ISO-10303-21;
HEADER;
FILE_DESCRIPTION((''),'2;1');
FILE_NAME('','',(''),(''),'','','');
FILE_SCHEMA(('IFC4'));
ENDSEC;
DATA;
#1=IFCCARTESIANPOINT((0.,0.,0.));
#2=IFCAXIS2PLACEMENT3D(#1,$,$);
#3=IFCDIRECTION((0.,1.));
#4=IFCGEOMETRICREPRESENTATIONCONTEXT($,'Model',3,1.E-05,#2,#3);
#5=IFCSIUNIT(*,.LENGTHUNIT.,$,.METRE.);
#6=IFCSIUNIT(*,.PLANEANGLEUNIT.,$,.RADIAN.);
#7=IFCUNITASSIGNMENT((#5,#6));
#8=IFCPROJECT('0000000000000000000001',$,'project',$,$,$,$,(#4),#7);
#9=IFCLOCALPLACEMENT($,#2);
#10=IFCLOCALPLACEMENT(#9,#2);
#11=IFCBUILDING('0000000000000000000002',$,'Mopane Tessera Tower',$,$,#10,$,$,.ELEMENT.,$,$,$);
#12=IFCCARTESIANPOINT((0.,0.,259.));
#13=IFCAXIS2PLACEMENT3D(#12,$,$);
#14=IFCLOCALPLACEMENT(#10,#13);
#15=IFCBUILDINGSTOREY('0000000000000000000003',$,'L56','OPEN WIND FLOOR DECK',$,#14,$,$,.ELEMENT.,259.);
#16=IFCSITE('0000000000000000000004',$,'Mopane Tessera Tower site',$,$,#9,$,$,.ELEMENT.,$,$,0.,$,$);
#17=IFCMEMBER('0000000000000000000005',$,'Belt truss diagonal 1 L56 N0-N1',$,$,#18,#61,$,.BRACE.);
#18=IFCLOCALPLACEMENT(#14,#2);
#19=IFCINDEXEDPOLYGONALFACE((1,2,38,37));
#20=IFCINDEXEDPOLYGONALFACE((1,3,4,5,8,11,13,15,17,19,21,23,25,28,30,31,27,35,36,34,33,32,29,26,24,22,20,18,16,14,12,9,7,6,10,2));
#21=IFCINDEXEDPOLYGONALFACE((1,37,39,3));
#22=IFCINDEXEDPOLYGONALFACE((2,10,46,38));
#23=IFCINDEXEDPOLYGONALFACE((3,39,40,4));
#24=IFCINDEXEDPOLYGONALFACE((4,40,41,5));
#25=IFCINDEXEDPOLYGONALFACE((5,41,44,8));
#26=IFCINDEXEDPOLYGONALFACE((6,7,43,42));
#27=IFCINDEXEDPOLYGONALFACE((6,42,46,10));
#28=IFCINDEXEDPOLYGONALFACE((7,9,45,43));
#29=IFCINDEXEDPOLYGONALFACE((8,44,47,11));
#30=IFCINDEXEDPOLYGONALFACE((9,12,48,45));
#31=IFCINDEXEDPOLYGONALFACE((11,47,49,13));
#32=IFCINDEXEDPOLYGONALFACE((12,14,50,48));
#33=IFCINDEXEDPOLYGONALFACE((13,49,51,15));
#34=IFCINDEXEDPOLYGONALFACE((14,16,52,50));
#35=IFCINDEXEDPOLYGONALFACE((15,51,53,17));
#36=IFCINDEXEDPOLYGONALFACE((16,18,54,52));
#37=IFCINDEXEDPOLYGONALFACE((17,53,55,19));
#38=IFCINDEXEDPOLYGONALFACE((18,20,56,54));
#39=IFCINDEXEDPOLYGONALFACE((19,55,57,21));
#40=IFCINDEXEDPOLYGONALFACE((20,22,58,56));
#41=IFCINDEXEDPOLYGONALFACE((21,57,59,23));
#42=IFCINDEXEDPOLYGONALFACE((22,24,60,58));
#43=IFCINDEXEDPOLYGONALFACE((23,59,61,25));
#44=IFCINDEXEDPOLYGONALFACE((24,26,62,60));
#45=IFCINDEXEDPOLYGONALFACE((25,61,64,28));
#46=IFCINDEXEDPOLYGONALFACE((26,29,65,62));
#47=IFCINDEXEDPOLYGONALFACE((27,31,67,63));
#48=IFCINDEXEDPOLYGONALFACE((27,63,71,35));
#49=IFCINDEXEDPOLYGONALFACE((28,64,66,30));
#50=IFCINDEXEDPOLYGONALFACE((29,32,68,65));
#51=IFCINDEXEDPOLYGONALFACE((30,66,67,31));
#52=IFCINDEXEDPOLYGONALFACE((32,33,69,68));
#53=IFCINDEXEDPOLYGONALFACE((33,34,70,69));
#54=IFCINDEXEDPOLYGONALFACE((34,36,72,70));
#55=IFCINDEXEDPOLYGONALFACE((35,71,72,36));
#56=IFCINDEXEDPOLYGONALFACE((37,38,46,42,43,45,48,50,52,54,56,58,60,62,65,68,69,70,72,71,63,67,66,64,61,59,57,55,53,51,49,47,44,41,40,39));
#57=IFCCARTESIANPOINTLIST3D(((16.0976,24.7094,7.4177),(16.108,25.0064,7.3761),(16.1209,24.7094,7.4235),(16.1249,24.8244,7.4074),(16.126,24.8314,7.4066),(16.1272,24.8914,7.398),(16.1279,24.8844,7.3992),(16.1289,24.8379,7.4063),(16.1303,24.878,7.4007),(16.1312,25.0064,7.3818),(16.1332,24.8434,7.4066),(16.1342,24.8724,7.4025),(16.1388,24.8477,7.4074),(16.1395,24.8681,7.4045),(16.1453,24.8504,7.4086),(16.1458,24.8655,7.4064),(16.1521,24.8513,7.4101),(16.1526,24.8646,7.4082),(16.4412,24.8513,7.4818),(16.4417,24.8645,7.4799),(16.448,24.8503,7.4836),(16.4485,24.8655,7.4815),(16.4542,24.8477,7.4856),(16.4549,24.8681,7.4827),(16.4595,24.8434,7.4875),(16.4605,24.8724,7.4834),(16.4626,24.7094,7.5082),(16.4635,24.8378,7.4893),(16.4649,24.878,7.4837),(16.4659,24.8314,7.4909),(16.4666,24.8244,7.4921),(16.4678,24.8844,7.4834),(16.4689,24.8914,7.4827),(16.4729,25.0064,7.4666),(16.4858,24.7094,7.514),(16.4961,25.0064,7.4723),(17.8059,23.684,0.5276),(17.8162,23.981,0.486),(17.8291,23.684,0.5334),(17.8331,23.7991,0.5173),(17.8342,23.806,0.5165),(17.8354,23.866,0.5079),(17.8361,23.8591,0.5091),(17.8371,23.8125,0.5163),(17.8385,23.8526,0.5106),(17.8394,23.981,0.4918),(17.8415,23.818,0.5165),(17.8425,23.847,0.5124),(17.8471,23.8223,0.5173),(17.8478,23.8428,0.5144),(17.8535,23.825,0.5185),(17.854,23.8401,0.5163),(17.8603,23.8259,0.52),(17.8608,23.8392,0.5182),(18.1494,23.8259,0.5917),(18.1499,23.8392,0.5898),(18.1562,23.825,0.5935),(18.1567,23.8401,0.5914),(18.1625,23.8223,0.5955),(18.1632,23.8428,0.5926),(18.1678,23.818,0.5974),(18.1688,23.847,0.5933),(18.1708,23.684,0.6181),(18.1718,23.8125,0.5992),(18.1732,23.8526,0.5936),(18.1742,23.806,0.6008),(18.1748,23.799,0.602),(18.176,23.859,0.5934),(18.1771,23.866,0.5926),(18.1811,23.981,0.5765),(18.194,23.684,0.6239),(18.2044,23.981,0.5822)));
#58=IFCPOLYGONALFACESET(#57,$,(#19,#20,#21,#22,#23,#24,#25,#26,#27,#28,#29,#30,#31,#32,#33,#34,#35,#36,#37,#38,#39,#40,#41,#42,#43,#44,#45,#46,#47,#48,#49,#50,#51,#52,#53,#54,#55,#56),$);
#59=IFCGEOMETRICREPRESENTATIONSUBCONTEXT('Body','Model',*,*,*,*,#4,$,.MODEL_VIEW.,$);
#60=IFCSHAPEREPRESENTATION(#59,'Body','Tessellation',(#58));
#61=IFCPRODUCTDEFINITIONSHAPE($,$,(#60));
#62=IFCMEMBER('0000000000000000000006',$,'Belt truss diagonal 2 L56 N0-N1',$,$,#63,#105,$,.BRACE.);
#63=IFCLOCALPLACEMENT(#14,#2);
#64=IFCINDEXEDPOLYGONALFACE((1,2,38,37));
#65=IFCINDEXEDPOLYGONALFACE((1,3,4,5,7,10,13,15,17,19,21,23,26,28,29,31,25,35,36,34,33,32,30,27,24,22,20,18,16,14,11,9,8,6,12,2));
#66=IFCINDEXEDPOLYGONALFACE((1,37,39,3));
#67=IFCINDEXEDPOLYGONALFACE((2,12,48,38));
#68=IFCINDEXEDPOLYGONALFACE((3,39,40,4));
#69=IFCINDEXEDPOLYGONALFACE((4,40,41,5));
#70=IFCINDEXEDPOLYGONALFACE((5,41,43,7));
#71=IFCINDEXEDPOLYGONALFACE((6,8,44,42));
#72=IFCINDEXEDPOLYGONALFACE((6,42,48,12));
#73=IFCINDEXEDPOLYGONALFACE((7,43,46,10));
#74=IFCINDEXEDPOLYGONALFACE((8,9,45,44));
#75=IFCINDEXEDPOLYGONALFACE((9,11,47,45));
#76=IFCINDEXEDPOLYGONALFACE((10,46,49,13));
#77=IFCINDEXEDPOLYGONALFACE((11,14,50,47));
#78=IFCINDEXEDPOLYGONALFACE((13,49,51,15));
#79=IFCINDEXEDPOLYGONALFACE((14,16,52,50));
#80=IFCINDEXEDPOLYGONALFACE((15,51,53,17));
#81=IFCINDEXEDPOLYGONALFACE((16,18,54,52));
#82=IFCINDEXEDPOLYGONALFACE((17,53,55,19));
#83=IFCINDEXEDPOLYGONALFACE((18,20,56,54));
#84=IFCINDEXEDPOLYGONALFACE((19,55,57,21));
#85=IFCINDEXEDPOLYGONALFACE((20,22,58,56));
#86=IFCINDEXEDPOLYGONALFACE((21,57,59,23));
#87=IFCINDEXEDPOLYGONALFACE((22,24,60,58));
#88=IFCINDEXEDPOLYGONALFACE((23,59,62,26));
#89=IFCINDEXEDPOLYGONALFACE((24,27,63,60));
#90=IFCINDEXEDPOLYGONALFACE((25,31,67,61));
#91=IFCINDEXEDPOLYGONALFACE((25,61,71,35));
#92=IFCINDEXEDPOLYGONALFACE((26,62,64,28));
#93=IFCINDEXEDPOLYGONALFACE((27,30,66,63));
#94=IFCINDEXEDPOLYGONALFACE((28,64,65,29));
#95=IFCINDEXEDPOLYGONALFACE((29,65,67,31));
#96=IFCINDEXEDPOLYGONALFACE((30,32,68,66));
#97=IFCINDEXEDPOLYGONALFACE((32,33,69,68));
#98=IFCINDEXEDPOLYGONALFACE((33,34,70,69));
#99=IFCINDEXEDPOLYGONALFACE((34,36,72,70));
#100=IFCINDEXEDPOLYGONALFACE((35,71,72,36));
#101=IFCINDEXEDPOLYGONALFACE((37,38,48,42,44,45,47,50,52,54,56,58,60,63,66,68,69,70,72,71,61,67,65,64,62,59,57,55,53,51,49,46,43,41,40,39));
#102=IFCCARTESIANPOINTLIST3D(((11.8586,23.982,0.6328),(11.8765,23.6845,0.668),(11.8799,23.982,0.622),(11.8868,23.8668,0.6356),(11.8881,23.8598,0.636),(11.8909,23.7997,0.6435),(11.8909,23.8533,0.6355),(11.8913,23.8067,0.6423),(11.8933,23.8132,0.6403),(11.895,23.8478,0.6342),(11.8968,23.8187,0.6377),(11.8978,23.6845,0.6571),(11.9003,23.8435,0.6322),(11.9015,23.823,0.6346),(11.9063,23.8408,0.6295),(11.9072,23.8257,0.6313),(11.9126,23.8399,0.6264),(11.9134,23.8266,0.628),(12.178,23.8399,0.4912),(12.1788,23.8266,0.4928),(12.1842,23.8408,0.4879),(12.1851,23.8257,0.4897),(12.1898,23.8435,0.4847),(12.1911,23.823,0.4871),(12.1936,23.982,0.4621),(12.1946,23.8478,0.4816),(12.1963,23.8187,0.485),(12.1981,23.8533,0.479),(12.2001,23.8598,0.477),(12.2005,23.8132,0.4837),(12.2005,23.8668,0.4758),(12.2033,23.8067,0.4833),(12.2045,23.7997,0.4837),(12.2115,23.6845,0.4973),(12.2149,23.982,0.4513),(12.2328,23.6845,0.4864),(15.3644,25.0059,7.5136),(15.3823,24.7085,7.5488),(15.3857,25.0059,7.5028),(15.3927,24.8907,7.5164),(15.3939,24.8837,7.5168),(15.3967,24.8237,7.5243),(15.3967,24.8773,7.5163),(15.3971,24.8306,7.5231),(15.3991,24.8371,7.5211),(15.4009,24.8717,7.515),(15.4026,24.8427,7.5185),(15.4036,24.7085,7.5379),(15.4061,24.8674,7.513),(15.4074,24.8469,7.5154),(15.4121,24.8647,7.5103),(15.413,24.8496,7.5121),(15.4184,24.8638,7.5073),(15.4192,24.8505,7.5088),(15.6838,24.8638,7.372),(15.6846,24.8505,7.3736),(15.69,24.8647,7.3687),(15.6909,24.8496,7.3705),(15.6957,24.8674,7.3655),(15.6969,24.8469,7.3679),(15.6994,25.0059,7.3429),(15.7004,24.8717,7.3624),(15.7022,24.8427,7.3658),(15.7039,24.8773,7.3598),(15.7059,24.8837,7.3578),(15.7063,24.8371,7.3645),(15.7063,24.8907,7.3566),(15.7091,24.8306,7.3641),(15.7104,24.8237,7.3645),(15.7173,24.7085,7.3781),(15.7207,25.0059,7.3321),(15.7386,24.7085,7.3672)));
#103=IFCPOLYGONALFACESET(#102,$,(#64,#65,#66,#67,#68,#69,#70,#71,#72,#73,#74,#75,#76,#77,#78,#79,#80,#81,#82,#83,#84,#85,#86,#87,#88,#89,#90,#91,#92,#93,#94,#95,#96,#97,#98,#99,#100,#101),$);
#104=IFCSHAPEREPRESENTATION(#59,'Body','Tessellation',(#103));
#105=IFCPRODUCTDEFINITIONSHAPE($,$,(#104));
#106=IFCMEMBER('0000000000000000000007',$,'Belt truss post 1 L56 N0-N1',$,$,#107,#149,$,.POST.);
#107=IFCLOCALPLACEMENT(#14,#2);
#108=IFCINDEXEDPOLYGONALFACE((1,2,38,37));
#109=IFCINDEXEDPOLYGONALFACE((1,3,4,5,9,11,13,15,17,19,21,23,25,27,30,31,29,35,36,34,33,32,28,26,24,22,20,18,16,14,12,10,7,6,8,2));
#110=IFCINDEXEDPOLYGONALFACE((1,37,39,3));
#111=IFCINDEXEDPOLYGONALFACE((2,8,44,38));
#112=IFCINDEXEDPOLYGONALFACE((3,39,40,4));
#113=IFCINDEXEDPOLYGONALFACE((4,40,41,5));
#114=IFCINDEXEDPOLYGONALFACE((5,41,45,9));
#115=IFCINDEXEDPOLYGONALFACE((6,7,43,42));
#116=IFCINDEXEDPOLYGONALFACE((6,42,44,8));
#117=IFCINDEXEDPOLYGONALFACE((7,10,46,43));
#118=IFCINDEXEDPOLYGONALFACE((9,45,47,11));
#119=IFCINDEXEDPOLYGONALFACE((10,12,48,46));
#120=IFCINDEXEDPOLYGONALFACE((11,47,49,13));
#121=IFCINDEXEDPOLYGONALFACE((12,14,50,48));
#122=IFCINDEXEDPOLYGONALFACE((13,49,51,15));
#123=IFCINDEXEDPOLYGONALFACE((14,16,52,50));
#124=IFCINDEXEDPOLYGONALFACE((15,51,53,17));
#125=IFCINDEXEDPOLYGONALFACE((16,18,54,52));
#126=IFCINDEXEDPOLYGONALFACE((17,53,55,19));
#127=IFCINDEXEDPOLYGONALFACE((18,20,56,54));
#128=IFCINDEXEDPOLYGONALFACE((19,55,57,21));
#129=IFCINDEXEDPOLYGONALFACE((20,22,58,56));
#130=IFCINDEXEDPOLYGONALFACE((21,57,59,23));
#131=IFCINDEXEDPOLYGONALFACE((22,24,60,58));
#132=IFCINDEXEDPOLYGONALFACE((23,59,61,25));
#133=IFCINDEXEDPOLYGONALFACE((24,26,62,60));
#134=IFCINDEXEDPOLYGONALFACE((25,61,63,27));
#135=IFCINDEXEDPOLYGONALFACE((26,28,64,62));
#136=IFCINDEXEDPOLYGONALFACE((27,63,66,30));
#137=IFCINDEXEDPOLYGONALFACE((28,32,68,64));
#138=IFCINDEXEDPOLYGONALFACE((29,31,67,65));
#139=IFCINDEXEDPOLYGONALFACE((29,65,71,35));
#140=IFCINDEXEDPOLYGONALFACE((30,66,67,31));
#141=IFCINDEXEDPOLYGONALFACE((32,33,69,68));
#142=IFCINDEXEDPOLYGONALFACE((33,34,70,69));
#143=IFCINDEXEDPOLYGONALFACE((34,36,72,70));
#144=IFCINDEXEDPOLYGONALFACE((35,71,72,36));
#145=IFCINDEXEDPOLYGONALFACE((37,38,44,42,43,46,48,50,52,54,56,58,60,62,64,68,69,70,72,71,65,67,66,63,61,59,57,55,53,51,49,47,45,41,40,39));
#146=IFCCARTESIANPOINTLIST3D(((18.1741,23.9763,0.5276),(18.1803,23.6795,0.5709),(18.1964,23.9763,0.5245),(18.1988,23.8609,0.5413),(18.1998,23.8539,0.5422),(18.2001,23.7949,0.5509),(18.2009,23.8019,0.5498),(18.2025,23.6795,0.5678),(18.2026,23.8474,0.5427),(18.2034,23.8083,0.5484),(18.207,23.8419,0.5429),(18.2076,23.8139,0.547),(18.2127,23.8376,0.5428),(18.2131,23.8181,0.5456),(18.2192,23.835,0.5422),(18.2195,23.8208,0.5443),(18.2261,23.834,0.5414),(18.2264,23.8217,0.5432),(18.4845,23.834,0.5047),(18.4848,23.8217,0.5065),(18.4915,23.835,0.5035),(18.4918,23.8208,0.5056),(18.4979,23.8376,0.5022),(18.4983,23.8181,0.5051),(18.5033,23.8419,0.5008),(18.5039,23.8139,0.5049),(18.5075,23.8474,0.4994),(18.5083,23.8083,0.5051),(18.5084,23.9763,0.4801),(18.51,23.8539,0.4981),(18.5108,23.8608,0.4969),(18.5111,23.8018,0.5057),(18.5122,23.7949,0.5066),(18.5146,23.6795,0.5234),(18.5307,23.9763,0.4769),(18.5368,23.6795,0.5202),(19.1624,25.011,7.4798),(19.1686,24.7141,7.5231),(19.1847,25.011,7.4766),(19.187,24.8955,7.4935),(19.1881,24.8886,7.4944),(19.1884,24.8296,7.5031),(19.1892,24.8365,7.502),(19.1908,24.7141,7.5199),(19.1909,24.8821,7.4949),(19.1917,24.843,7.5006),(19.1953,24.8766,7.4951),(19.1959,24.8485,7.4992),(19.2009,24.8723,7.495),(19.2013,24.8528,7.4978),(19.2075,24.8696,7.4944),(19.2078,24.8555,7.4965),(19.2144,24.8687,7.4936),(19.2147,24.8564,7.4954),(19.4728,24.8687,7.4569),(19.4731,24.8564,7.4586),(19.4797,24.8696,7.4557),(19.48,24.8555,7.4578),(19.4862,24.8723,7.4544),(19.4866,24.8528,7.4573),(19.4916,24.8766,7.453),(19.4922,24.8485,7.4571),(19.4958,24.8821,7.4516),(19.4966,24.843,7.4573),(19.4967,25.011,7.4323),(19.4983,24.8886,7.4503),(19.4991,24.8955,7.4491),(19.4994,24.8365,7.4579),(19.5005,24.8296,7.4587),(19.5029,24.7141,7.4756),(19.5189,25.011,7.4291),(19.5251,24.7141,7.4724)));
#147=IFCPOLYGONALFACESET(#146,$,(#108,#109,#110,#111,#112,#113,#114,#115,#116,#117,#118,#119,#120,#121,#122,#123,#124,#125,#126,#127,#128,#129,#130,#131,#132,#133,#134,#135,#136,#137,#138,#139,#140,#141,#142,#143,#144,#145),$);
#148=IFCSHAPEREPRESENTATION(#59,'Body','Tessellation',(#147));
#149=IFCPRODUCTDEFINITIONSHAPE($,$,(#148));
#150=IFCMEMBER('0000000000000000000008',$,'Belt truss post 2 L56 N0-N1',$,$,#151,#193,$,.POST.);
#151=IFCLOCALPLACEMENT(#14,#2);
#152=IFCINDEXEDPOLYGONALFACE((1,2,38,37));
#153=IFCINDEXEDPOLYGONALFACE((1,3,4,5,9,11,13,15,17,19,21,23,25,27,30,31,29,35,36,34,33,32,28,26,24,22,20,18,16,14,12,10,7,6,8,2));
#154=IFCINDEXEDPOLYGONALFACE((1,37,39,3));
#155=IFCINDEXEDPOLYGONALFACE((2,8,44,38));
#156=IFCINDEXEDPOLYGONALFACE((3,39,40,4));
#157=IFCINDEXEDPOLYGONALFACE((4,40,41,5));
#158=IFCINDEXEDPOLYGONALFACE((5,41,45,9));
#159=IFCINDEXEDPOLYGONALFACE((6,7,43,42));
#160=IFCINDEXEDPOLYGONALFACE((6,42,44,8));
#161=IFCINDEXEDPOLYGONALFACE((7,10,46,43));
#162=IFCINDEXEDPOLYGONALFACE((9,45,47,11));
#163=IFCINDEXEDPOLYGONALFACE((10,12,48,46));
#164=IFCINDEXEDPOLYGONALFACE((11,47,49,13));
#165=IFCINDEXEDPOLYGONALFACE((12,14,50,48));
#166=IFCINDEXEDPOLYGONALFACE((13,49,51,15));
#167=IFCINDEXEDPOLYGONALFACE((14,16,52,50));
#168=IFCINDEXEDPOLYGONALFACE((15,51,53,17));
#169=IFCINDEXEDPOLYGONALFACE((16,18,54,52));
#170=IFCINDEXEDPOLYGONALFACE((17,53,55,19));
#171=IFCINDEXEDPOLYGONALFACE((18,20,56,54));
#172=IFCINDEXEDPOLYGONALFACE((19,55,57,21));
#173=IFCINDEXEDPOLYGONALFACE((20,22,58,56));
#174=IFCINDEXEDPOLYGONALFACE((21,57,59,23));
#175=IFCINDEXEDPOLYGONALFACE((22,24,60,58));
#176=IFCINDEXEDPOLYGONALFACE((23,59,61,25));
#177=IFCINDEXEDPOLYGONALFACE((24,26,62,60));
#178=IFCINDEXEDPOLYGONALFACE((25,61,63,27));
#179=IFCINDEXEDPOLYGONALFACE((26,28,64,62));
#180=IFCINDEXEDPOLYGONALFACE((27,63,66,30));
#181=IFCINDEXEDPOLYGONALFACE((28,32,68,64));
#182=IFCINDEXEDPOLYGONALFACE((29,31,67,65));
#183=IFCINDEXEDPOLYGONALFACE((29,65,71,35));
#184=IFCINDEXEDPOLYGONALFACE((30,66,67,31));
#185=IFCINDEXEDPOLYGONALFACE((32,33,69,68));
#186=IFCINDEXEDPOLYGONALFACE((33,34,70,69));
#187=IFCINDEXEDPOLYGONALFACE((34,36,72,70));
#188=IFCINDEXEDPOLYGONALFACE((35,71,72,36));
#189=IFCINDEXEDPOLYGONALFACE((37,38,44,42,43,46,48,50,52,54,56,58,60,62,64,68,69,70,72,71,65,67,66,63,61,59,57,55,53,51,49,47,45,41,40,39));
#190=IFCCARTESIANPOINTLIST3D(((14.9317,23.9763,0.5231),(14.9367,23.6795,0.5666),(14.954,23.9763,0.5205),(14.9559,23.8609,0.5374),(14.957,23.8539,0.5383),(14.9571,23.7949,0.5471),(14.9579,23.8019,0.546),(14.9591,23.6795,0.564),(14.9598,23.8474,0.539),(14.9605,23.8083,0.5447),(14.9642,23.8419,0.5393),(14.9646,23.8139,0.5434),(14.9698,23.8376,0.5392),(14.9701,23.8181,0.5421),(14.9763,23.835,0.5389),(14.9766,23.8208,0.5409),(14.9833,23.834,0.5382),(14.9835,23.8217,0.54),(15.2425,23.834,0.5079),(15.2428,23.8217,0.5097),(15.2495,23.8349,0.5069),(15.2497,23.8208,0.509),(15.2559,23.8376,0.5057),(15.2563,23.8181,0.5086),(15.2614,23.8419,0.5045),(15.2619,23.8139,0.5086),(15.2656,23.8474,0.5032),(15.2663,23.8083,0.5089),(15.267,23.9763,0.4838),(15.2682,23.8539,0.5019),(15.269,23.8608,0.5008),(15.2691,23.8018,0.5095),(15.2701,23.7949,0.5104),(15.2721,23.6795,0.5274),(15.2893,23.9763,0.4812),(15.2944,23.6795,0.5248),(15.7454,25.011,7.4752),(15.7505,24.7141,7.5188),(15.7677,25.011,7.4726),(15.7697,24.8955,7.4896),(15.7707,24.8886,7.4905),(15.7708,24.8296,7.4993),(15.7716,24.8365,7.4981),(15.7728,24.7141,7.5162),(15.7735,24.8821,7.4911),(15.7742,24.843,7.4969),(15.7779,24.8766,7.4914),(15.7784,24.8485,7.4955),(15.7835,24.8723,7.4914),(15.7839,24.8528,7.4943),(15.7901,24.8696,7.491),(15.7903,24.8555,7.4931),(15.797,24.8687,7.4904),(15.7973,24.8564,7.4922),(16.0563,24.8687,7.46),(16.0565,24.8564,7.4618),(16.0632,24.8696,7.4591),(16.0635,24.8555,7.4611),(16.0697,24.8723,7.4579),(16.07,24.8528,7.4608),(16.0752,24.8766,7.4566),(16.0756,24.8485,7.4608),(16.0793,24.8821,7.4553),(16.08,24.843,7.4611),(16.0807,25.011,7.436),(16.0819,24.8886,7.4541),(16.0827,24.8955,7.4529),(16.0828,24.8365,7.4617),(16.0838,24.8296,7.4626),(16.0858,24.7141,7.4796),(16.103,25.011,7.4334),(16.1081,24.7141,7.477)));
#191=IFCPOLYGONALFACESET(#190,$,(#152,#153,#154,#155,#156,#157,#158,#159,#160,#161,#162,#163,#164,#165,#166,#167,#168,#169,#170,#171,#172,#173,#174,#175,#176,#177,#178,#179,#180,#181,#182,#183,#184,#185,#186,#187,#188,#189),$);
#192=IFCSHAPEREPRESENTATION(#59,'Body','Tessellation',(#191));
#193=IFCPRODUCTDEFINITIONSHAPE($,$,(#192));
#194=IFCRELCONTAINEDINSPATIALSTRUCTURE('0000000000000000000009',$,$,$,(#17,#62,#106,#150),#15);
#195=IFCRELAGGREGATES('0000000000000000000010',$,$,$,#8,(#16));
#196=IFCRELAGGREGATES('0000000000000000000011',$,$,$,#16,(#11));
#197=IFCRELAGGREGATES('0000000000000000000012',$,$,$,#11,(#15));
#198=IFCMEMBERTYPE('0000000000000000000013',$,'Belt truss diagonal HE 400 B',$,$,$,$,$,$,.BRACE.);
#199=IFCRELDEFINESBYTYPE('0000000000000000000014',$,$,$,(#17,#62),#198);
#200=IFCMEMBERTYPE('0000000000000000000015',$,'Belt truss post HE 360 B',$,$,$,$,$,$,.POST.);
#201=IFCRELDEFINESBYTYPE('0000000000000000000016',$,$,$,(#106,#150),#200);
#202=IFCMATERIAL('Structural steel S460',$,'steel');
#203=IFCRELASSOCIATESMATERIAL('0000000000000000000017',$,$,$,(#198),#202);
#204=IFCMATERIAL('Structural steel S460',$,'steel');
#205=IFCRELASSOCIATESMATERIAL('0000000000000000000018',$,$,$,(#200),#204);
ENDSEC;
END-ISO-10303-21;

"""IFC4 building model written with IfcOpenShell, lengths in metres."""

from ifc_helpers import new_model, si_unit, direction, frame, origin, origin_2d, place, context, subcontext, project, spatial, i_section, extrude, material, material_profile, profile_set, type_object, element, save


model = new_model("IFC4")

# Units and contexts
model_context = context("Model", 3, precision=1e-05, world=origin(), true_north=direction((0.0, 1.0)))
body_context = subcontext(model_context, "Body", "Model", "MODEL_VIEW")
ifc_project = project(units=[si_unit("LENGTHUNIT", "METRE"), si_unit("PLANEANGLEUNIT", "RADIAN")], contexts=[model_context])

# Site, building, storey
site_placement = place(None, origin())
site = spatial("IfcSite", under=ifc_project, at=site_placement, Name="Mopane Tessera Tower site", CompositionType="ELEMENT", RefElevation=0.0)
building_placement = place(site_placement, origin())
building = spatial("IfcBuilding", under=site, at=building_placement, Name="Mopane Tessera Tower", CompositionType="ELEMENT")
storey_placement = place(building_placement, frame((0.0, 0.0, 259.0)))
storey = spatial("IfcBuildingStorey", under=building, at=storey_placement, Name="L56", Description="OPEN WIND FLOOR DECK", CompositionType="ELEMENT", Elevation=259.0)

# Members
ifc_material_1 = material(Name="Structural steel S460", Category="steel")
ifc_material_profile_1 = material_profile(ifc_material_1, i_section(OverallWidth=0.3, OverallDepth=0.3999, WebThickness=0.0134, FlangeThickness=0.0239, FilletRadius=0.0271, at=origin_2d()))
ifc_profile_set_1 = profile_set([ifc_material_profile_1], Name="Structural steel S460")
member_type_1 = type_object("IfcMemberType", Name="Belt truss diagonal HE 400 B", PredefinedType="BRACE", material=ifc_profile_set_1)
member_1_placement = place(storey_placement, frame((18.0051, 23.8325, 0.5549), z_axis=(-0.23817, 0.142963, 0.960644), x_axis=(-0.034447, -0.989728, 0.138751)))
element("IfcMember", 1, at=member_1_placement, inside=storey, type_object=member_type_1, Name="Belt truss diagonal 1 L56 N0-N1", PredefinedType="BRACE", context=body_context, shape_type="SweptSolid", body=[
    extrude(i_section(OverallWidth=0.3, OverallDepth=0.3999, WebThickness=0.0134, FlangeThickness=0.0239, FilletRadius=0.0271, at=origin_2d()), origin(), (0.0, 0.0, 1.0), 7.1724),
])
member_2_placement = place(storey_placement, frame((15.5515, 24.8572, 7.4404), z_axis=(-0.45004, -0.131439, -0.883282), x_axis=(0.059669, -0.991324, 0.117115)))
element("IfcMember", 2, at=member_2_placement, inside=storey, type_object=member_type_1, Name="Belt truss diagonal 2 L56 N0-N1", PredefinedType="BRACE", context=body_context, shape_type="SweptSolid", body=[
    extrude(i_section(OverallWidth=0.3, OverallDepth=0.3999, WebThickness=0.0134, FlangeThickness=0.0239, FilletRadius=0.0271, at=origin_2d()), origin(), (0.0, 0.0, 1.0), 7.79),
])
ifc_material_2 = material(Name="Structural steel S460", Category="steel")
ifc_material_profile_2 = material_profile(ifc_material_2, i_section(OverallWidth=0.3, OverallDepth=0.3601, WebThickness=0.0125, FlangeThickness=0.0225, FilletRadius=0.0271, at=origin_2d()))
ifc_profile_set_2 = profile_set([ifc_material_profile_2], Name="Structural steel S460")
member_type_2 = type_object("IfcMemberType", Name="Belt truss post HE 360 B", PredefinedType="POST", material=ifc_profile_set_2)
member_3_placement = place(storey_placement, frame((18.3555, 23.8279, 0.5239), z_axis=(0.139237, 0.145772, 0.979471), x_axis=(0.020509, -0.989318, 0.144322)))
element("IfcMember", 3, at=member_3_placement, inside=storey, type_object=member_type_2, Name="Belt truss post 1 L56 N0-N1", PredefinedType="POST", context=body_context, shape_type="SweptSolid", body=[
    extrude(i_section(OverallWidth=0.3, OverallDepth=0.3601, WebThickness=0.0125, FlangeThickness=0.0225, FilletRadius=0.0271, at=origin_2d()), origin(), (0.0, 0.0, 1.0), 7.0979),
])
member_4_placement = place(storey_placement, frame((15.113, 23.8279, 0.5239), z_axis=(0.115003, 0.146229, 0.982543), x_axis=(0.016962, -0.989251, 0.145242)))
element("IfcMember", 4, at=member_4_placement, inside=storey, type_object=member_type_2, Name="Belt truss post 2 L56 N0-N1", PredefinedType="POST", context=body_context, shape_type="SweptSolid", body=[
    extrude(i_section(OverallWidth=0.3, OverallDepth=0.3601, WebThickness=0.0125, FlangeThickness=0.0225, FilletRadius=0.0271, at=origin_2d()), origin(), (0.0, 0.0, 1.0), 7.0757),
])

save(model, "model.ifc")
